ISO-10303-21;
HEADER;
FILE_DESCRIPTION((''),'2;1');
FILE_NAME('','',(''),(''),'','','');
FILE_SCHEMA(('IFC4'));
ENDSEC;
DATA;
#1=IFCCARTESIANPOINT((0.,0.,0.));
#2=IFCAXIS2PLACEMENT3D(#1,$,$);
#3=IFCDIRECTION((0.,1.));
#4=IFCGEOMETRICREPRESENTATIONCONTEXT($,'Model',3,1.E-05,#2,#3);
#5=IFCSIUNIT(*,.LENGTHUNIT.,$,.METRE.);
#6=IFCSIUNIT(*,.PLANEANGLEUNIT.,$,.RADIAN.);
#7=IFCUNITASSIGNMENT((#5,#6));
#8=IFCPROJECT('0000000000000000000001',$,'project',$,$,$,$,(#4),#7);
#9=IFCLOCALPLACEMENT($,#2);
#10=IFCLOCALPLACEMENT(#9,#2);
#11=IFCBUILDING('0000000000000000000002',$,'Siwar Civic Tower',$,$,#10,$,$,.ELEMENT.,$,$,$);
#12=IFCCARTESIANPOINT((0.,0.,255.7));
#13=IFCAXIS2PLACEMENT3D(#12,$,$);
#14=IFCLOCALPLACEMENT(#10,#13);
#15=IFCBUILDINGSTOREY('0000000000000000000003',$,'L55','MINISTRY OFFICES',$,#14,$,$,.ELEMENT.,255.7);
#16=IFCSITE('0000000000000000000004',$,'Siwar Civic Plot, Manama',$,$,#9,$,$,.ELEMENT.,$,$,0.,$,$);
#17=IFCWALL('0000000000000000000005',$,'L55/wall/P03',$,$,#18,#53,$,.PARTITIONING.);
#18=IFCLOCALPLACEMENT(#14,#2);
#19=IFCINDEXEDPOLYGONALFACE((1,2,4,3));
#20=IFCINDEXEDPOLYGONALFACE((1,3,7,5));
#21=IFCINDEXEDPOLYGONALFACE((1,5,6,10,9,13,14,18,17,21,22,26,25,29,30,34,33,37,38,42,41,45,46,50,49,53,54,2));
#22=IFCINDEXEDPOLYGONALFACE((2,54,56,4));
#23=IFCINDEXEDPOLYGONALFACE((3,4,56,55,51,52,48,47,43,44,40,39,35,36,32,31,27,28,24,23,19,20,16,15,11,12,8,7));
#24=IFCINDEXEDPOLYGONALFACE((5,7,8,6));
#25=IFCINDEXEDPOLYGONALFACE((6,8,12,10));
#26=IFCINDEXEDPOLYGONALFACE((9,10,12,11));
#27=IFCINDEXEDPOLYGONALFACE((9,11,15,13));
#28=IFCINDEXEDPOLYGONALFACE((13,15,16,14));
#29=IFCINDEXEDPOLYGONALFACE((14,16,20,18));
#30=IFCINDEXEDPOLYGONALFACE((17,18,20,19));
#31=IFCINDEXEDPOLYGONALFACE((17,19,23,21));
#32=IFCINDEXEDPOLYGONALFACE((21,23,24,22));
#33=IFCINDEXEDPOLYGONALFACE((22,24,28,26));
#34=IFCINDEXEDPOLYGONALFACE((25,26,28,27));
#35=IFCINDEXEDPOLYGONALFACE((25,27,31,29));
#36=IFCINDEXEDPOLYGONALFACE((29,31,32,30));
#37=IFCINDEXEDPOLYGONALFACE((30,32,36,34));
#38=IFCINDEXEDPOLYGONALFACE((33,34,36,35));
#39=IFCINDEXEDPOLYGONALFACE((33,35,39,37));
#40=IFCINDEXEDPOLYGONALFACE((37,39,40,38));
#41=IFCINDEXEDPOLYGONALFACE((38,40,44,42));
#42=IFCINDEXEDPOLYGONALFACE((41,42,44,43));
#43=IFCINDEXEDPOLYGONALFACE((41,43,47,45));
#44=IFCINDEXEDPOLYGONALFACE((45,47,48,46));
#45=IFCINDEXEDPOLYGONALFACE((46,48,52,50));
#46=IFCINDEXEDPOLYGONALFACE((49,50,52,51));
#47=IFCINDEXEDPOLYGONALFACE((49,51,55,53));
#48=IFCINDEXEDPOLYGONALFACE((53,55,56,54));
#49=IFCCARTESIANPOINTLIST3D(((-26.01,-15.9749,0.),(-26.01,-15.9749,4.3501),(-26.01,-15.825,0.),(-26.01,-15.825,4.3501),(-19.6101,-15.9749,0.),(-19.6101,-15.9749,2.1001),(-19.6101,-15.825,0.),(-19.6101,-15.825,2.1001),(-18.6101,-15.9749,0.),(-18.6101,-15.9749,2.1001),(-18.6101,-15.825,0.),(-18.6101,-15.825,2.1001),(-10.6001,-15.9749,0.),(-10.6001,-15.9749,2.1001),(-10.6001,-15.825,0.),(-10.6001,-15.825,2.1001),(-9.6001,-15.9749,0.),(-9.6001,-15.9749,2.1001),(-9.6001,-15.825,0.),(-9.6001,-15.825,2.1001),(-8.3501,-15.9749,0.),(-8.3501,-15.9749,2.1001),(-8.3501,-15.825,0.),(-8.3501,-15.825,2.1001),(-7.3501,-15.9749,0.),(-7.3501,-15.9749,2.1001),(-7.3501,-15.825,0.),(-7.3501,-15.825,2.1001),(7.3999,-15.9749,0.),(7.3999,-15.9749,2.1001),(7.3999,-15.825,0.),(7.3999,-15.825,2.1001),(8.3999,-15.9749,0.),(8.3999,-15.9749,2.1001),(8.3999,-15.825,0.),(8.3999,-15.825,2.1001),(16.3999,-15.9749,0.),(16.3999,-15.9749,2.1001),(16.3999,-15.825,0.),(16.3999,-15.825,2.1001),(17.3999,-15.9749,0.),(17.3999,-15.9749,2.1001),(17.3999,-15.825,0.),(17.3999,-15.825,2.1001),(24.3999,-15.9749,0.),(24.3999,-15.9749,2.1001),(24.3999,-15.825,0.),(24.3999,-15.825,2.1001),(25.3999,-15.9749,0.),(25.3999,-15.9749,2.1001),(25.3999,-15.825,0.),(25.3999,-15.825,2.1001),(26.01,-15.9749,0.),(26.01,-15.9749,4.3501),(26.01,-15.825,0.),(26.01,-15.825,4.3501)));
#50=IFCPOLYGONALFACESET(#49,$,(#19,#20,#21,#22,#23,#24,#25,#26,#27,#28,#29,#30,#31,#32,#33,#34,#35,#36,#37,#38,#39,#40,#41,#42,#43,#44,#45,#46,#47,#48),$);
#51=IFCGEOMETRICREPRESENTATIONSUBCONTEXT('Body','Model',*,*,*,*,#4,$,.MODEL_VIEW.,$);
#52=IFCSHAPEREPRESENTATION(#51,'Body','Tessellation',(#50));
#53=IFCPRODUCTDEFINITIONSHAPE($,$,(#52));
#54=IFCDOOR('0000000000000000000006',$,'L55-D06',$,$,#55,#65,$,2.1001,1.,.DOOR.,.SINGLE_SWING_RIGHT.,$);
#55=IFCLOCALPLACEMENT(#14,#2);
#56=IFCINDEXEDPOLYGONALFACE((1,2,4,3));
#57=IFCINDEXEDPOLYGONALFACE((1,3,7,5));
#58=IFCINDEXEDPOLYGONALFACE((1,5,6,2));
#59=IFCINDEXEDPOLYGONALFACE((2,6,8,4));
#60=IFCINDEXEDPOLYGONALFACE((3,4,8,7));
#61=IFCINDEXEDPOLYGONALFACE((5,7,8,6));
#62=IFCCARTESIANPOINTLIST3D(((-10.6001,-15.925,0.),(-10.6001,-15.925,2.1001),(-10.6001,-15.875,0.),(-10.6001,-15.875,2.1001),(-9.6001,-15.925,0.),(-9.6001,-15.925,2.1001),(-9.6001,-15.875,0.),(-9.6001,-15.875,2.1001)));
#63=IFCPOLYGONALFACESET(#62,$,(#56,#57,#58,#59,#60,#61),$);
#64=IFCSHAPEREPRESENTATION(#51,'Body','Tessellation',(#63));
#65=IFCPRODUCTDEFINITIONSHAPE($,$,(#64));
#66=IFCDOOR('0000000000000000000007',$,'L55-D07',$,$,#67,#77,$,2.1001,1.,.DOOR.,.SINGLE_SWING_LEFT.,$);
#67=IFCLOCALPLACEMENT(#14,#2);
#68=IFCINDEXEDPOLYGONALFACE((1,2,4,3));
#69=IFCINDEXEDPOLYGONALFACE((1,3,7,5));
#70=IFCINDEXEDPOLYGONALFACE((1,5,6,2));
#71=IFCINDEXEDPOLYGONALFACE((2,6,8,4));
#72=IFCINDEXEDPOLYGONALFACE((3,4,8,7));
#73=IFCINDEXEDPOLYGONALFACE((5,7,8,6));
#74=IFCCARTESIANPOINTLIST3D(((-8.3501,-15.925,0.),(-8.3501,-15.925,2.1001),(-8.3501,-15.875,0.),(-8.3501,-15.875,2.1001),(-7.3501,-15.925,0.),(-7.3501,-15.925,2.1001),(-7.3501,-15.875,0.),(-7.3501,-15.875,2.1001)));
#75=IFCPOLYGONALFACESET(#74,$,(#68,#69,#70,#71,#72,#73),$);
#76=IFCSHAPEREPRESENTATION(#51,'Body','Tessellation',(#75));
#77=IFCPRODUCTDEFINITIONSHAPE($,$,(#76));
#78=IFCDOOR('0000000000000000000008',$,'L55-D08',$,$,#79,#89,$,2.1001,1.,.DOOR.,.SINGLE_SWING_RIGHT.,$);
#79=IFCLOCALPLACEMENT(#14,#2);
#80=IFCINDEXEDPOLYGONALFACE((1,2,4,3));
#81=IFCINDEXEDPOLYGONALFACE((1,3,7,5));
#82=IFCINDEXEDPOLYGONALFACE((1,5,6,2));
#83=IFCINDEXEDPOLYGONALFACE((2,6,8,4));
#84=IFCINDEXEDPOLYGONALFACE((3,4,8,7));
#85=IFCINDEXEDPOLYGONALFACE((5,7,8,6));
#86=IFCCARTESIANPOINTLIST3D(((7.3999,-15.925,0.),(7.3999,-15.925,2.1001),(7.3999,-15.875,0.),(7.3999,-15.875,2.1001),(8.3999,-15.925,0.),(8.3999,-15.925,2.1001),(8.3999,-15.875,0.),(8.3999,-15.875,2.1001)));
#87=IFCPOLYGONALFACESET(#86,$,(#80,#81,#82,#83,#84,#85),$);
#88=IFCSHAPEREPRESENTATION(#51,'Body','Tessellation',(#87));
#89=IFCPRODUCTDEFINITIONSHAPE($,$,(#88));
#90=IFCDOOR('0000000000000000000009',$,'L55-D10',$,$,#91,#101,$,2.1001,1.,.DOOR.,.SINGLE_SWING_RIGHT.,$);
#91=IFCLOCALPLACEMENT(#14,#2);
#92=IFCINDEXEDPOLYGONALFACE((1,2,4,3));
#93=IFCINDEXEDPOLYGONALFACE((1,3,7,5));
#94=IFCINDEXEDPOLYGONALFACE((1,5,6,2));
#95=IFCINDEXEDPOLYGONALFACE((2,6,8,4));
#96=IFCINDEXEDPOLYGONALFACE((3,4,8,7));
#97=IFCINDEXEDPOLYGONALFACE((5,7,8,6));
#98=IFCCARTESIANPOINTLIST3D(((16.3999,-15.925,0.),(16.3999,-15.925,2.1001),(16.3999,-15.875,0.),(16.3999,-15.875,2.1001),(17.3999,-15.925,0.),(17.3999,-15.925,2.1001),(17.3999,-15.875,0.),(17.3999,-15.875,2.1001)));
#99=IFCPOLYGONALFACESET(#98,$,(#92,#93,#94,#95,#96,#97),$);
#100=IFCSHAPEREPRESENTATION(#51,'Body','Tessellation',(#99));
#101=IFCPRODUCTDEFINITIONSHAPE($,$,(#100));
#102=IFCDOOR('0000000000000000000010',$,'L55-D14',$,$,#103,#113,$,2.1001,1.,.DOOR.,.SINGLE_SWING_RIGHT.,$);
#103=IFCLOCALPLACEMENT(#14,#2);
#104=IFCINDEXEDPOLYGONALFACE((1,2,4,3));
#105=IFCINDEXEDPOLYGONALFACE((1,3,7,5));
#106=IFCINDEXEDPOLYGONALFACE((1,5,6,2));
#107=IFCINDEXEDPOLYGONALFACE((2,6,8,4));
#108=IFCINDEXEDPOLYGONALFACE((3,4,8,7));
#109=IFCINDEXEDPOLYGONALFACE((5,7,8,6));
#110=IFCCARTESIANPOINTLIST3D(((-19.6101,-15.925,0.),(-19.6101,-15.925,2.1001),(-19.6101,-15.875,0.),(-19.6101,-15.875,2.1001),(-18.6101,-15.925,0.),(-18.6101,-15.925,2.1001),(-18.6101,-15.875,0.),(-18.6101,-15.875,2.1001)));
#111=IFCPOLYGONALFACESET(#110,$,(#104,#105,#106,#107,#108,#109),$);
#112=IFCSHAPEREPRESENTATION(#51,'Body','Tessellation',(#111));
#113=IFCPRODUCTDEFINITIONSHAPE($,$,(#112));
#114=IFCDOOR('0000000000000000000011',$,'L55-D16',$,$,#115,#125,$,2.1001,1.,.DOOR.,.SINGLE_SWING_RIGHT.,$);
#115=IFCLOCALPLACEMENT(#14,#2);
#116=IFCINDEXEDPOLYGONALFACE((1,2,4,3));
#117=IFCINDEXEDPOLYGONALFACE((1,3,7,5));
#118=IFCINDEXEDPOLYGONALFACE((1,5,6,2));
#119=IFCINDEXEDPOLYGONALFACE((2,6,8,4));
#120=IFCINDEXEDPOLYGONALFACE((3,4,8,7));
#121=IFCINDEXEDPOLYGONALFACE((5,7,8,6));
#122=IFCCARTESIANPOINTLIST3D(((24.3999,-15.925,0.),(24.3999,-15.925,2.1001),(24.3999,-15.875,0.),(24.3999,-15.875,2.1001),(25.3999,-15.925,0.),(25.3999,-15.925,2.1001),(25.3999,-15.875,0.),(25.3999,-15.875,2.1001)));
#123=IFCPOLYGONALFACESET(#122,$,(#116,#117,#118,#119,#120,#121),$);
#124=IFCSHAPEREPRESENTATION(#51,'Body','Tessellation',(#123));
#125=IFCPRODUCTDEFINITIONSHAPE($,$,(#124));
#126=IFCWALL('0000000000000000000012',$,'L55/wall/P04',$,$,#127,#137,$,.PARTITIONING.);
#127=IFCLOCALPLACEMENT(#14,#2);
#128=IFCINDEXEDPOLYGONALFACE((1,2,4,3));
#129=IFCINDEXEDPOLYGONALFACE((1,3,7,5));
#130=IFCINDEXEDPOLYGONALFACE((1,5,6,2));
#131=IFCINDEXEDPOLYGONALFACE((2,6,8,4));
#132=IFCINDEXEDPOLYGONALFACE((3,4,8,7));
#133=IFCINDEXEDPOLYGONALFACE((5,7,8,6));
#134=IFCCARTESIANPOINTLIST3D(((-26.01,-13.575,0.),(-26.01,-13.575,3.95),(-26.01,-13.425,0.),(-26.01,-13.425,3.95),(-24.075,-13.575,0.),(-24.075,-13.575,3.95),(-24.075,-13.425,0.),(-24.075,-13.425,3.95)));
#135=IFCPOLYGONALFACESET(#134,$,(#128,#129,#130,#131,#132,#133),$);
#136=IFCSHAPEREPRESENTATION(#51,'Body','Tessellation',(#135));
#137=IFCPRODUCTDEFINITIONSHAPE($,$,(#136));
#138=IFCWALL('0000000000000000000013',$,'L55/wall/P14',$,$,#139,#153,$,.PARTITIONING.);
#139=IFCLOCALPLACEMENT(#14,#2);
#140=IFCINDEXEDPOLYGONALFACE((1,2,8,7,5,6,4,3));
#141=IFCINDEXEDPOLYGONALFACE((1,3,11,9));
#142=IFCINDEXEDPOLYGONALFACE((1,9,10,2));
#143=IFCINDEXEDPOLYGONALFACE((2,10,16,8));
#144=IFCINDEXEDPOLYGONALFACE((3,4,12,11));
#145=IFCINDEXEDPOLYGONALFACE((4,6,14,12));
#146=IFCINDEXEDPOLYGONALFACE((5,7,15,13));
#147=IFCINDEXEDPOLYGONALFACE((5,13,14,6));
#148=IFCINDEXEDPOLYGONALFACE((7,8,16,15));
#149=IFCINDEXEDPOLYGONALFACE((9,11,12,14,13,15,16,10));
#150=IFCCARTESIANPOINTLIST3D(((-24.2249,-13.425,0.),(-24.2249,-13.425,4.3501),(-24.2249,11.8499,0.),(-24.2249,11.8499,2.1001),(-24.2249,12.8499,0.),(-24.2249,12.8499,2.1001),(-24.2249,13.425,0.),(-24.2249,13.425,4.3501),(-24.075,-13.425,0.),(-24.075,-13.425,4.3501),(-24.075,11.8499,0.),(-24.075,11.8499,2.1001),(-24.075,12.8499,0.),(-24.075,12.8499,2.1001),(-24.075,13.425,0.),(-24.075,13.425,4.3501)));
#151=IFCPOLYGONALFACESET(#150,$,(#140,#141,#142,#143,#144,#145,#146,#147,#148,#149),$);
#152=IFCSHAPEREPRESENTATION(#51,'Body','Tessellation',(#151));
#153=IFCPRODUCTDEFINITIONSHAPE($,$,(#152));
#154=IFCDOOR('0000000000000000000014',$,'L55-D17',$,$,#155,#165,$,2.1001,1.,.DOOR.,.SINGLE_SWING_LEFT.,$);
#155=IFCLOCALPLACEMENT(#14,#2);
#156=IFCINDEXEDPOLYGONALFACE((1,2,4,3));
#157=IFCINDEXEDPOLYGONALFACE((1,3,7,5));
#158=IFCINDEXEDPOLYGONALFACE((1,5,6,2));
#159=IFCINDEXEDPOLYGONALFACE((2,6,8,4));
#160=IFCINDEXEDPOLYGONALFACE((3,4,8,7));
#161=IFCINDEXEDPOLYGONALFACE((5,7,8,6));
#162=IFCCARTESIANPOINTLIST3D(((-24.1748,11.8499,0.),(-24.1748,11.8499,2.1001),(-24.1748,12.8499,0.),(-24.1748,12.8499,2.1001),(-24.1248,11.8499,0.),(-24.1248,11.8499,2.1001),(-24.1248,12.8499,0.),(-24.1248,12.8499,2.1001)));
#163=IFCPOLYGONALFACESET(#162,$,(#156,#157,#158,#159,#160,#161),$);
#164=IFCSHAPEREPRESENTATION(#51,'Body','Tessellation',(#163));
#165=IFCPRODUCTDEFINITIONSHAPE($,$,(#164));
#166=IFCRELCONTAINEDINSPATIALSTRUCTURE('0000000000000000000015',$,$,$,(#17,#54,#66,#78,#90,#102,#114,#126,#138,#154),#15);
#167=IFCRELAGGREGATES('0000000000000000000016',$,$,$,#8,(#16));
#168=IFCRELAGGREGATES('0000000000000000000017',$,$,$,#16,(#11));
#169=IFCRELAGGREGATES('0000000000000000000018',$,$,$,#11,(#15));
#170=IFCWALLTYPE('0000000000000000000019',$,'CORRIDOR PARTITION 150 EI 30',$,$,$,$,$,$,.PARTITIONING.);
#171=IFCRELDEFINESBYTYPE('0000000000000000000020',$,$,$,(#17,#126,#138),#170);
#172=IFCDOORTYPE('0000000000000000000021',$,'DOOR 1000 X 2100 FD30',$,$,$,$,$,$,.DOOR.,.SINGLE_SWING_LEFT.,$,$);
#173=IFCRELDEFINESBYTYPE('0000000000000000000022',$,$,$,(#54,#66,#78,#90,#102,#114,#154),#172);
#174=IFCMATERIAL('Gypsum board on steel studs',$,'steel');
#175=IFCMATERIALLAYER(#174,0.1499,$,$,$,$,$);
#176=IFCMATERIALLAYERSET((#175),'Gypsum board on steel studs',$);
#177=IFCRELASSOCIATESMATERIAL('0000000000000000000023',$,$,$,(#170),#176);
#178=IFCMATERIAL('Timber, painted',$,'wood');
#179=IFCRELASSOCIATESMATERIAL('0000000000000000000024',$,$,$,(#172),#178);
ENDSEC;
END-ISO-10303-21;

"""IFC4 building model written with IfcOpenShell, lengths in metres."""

from ifc_helpers import new_model, si_unit, direction, frame, frame_2d, origin, place, context, subcontext, project, spatial, rectangle, extrude, material, layer, layer_set, type_object, element, fill, save


model = new_model("IFC4")

# Units and contexts
model_context = context("Model", 3, precision=1e-05, world=origin(), true_north=direction((0.0, 1.0)))
body_context = subcontext(model_context, "Body", "Model", "MODEL_VIEW")
ifc_project = project(units=[si_unit("LENGTHUNIT", "METRE"), si_unit("PLANEANGLEUNIT", "RADIAN")], contexts=[model_context])

# Site, building, storey
site_placement = place(None, origin())
site = spatial("IfcSite", under=ifc_project, at=site_placement, Name="Siwar Civic Plot, Manama", CompositionType="ELEMENT", RefElevation=0.0)
building_placement = place(site_placement, origin())
building = spatial("IfcBuilding", under=site, at=building_placement, Name="Siwar Civic Tower", CompositionType="ELEMENT")
storey_placement = place(building_placement, frame((0.0, 0.0, 255.7)))
storey = spatial("IfcBuildingStorey", under=building, at=storey_placement, Name="L55", Description="MINISTRY OFFICES", CompositionType="ELEMENT", Elevation=255.7)

# Wall, openings, doors
ifc_material_1 = material(Name="Gypsum board on steel studs", Category="steel")
ifc_layer_1 = layer(ifc_material_1, 0.1499)
ifc_layer_set_1 = layer_set([ifc_layer_1], Name="Gypsum board on steel studs")
wall_type_1 = type_object("IfcWallType", Name="CORRIDOR PARTITION 150 EI 30", PredefinedType="PARTITIONING", material=ifc_layer_set_1)
wall_1_placement = place(storey_placement, frame((-26.01, -15.8999, 0.0), z_axis=(0.0, 0.0, 1.0), x_axis=(1.0, 0.0, 0.0)))
wall_1 = element("IfcWall", 1, at=wall_1_placement, inside=storey, type_object=wall_type_1, Name="L55/wall/P03", PredefinedType="PARTITIONING", context=body_context, shape_type="SweptSolid", body=[
    extrude(rectangle(XDim=52.02, YDim=0.1499, at=frame_2d((26.01, 0.0))), origin(), (0.0, 0.0, 1.0), 4.3501),
])
opening_1_placement = place(wall_1_placement, frame((15.4099, 0.0, 0.0)))
opening_1 = element("IfcOpeningElement", 2, at=opening_1_placement, cuts=wall_1, PredefinedType="OPENING", context=body_context, shape_type="SweptSolid", body=[
    extrude(rectangle(XDim=1.0, YDim=2.1001, at=frame_2d((0.5, 1.05))), frame((0.0, 0.085, 0.0), z_axis=(0.0, -1.0, 0.0), x_axis=(1.0, 0.0, 0.0)), (0.0, 0.0, 1.0), 0.1699),
])
opening_2_placement = place(wall_1_placement, frame((17.6599, 0.0, 0.0)))
opening_2 = element("IfcOpeningElement", 3, at=opening_2_placement, cuts=wall_1, PredefinedType="OPENING", context=body_context, shape_type="SweptSolid", body=[
    extrude(rectangle(XDim=1.0, YDim=2.1001, at=frame_2d((0.5, 1.05))), frame((0.0, 0.085, 0.0), z_axis=(0.0, -1.0, 0.0), x_axis=(1.0, 0.0, 0.0)), (0.0, 0.0, 1.0), 0.1699),
])
opening_3_placement = place(wall_1_placement, frame((33.4099, 0.0, 0.0)))
opening_3 = element("IfcOpeningElement", 4, at=opening_3_placement, cuts=wall_1, PredefinedType="OPENING", context=body_context, shape_type="SweptSolid", body=[
    extrude(rectangle(XDim=1.0, YDim=2.1001, at=frame_2d((0.5, 1.05))), frame((0.0, 0.085, 0.0), z_axis=(0.0, -1.0, 0.0), x_axis=(1.0, 0.0, 0.0)), (0.0, 0.0, 1.0), 0.1699),
])
opening_4_placement = place(wall_1_placement, frame((42.4099, 0.0, 0.0)))
opening_4 = element("IfcOpeningElement", 5, at=opening_4_placement, cuts=wall_1, PredefinedType="OPENING", context=body_context, shape_type="SweptSolid", body=[
    extrude(rectangle(XDim=1.0, YDim=2.1001, at=frame_2d((0.5, 1.05))), frame((0.0, 0.085, 0.0), z_axis=(0.0, -1.0, 0.0), x_axis=(1.0, 0.0, 0.0)), (0.0, 0.0, 1.0), 0.1699),
])
opening_5_placement = place(wall_1_placement, frame((6.3999, 0.0, 0.0)))
opening_5 = element("IfcOpeningElement", 6, at=opening_5_placement, cuts=wall_1, PredefinedType="OPENING", context=body_context, shape_type="SweptSolid", body=[
    extrude(rectangle(XDim=1.0, YDim=2.1001, at=frame_2d((0.5, 1.05))), frame((0.0, 0.085, 0.0), z_axis=(0.0, -1.0, 0.0), x_axis=(1.0, 0.0, 0.0)), (0.0, 0.0, 1.0), 0.1699),
])
opening_6_placement = place(wall_1_placement, frame((50.4099, 0.0, 0.0)))
opening_6 = element("IfcOpeningElement", 7, at=opening_6_placement, cuts=wall_1, PredefinedType="OPENING", context=body_context, shape_type="SweptSolid", body=[
    extrude(rectangle(XDim=1.0, YDim=2.1001, at=frame_2d((0.5, 1.05))), frame((0.0, 0.085, 0.0), z_axis=(0.0, -1.0, 0.0), x_axis=(1.0, 0.0, 0.0)), (0.0, 0.0, 1.0), 0.1699),
])
ifc_material_2 = material(Name="Timber, painted", Category="wood")
door_type_1 = type_object("IfcDoorType", Name="DOOR 1000 X 2100 FD30", OperationType="SINGLE_SWING_LEFT", PredefinedType="DOOR", material=ifc_material_2)
door_1_placement = place(opening_1_placement, origin())
door_1 = element("IfcDoor", 8, at=door_1_placement, inside=storey, type_object=door_type_1, Name="L55-D06", OperationType="SINGLE_SWING_RIGHT", OverallHeight=2.1001, OverallWidth=1.0, PredefinedType="DOOR", context=body_context, shape_type="SweptSolid", body=[
    extrude(rectangle(XDim=1.0, YDim=2.1001, at=frame_2d((0.5, 1.05))), frame((0.0, 0.0249, 0.0), z_axis=(0.0, -1.0, 0.0), x_axis=(1.0, 0.0, 0.0)), (0.0, 0.0, 1.0), 0.05),
])
fill(opening_1, door_1)
door_2_placement = place(opening_2_placement, origin())
door_2 = element("IfcDoor", 9, at=door_2_placement, inside=storey, type_object=door_type_1, Name="L55-D07", OperationType="SINGLE_SWING_LEFT", OverallHeight=2.1001, OverallWidth=1.0, PredefinedType="DOOR", context=body_context, shape_type="SweptSolid", body=[
    extrude(rectangle(XDim=1.0, YDim=2.1001, at=frame_2d((0.5, 1.05))), frame((0.0, 0.0249, 0.0), z_axis=(0.0, -1.0, 0.0), x_axis=(1.0, 0.0, 0.0)), (0.0, 0.0, 1.0), 0.05),
])
fill(opening_2, door_2)
door_3_placement = place(opening_3_placement, origin())
door_3 = element("IfcDoor", 10, at=door_3_placement, inside=storey, type_object=door_type_1, Name="L55-D08", OperationType="SINGLE_SWING_RIGHT", OverallHeight=2.1001, OverallWidth=1.0, PredefinedType="DOOR", context=body_context, shape_type="SweptSolid", body=[
    extrude(rectangle(XDim=1.0, YDim=2.1001, at=frame_2d((0.5, 1.05))), frame((0.0, 0.0249, 0.0), z_axis=(0.0, -1.0, 0.0), x_axis=(1.0, 0.0, 0.0)), (0.0, 0.0, 1.0), 0.05),
])
fill(opening_3, door_3)
door_4_placement = place(opening_4_placement, origin())
door_4 = element("IfcDoor", 11, at=door_4_placement, inside=storey, type_object=door_type_1, Name="L55-D10", OperationType="SINGLE_SWING_RIGHT", OverallHeight=2.1001, OverallWidth=1.0, PredefinedType="DOOR", context=body_context, shape_type="SweptSolid", body=[
    extrude(rectangle(XDim=1.0, YDim=2.1001, at=frame_2d((0.5, 1.05))), frame((0.0, 0.0249, 0.0), z_axis=(0.0, -1.0, 0.0), x_axis=(1.0, 0.0, 0.0)), (0.0, 0.0, 1.0), 0.05),
])
fill(opening_4, door_4)
door_5_placement = place(opening_5_placement, origin())
door_5 = element("IfcDoor", 12, at=door_5_placement, inside=storey, type_object=door_type_1, Name="L55-D14", OperationType="SINGLE_SWING_RIGHT", OverallHeight=2.1001, OverallWidth=1.0, PredefinedType="DOOR", context=body_context, shape_type="SweptSolid", body=[
    extrude(rectangle(XDim=1.0, YDim=2.1001, at=frame_2d((0.5, 1.05))), frame((0.0, 0.0249, 0.0), z_axis=(0.0, -1.0, 0.0), x_axis=(1.0, 0.0, 0.0)), (0.0, 0.0, 1.0), 0.05),
])
fill(opening_5, door_5)
door_6_placement = place(opening_6_placement, origin())
door_6 = element("IfcDoor", 13, at=door_6_placement, inside=storey, type_object=door_type_1, Name="L55-D16", OperationType="SINGLE_SWING_RIGHT", OverallHeight=2.1001, OverallWidth=1.0, PredefinedType="DOOR", context=body_context, shape_type="SweptSolid", body=[
    extrude(rectangle(XDim=1.0, YDim=2.1001, at=frame_2d((0.5, 1.05))), frame((0.0, 0.0249, 0.0), z_axis=(0.0, -1.0, 0.0), x_axis=(1.0, 0.0, 0.0)), (0.0, 0.0, 1.0), 0.05),
])
fill(opening_6, door_6)

# Wall
wall_2_placement = place(storey_placement, frame((-26.01, -13.5, 0.0), z_axis=(0.0, 0.0, 1.0), x_axis=(1.0, 0.0, 0.0)))
element("IfcWall", 14, at=wall_2_placement, inside=storey, type_object=wall_type_1, Name="L55/wall/P04", PredefinedType="PARTITIONING", context=body_context, shape_type="SweptSolid", body=[
    extrude(rectangle(XDim=1.9351, YDim=0.1499, at=frame_2d((0.9675, 0.0))), origin(), (0.0, 0.0, 1.0), 3.95),
])

# Wall, opening, door
wall_3_placement = place(storey_placement, frame((-24.1499, -13.425, 0.0), z_axis=(0.0, 0.0, 1.0), x_axis=(0.0, 1.0, 0.0)))
wall_3 = element("IfcWall", 15, at=wall_3_placement, inside=storey, type_object=wall_type_1, Name="L55/wall/P14", PredefinedType="PARTITIONING", context=body_context, shape_type="SweptSolid", body=[
    extrude(rectangle(XDim=26.8501, YDim=0.1499, at=frame_2d((13.425, 0.0))), origin(), (0.0, 0.0, 1.0), 4.3501),
])
opening_7_placement = place(wall_3_placement, frame((25.2749, 0.0, 0.0)))
opening_7 = element("IfcOpeningElement", 16, at=opening_7_placement, cuts=wall_3, PredefinedType="OPENING", context=body_context, shape_type="SweptSolid", body=[
    extrude(rectangle(XDim=1.0, YDim=2.1001, at=frame_2d((0.5, 1.05))), frame((0.0, 0.085, 0.0), z_axis=(0.0, -1.0, 0.0), x_axis=(1.0, 0.0, 0.0)), (0.0, 0.0, 1.0), 0.1699),
])
door_7_placement = place(opening_7_placement, origin())
door_7 = element("IfcDoor", 17, at=door_7_placement, inside=storey, type_object=door_type_1, Name="L55-D17", OperationType="SINGLE_SWING_LEFT", OverallHeight=2.1001, OverallWidth=1.0, PredefinedType="DOOR", context=body_context, shape_type="SweptSolid", body=[
    extrude(rectangle(XDim=1.0, YDim=2.1001, at=frame_2d((0.5, 1.05))), frame((0.0, 0.0249, 0.0), z_axis=(0.0, -1.0, 0.0), x_axis=(1.0, 0.0, 0.0)), (0.0, 0.0, 1.0), 0.05),
])
fill(opening_7, door_7)

save(model, "model.ifc")
